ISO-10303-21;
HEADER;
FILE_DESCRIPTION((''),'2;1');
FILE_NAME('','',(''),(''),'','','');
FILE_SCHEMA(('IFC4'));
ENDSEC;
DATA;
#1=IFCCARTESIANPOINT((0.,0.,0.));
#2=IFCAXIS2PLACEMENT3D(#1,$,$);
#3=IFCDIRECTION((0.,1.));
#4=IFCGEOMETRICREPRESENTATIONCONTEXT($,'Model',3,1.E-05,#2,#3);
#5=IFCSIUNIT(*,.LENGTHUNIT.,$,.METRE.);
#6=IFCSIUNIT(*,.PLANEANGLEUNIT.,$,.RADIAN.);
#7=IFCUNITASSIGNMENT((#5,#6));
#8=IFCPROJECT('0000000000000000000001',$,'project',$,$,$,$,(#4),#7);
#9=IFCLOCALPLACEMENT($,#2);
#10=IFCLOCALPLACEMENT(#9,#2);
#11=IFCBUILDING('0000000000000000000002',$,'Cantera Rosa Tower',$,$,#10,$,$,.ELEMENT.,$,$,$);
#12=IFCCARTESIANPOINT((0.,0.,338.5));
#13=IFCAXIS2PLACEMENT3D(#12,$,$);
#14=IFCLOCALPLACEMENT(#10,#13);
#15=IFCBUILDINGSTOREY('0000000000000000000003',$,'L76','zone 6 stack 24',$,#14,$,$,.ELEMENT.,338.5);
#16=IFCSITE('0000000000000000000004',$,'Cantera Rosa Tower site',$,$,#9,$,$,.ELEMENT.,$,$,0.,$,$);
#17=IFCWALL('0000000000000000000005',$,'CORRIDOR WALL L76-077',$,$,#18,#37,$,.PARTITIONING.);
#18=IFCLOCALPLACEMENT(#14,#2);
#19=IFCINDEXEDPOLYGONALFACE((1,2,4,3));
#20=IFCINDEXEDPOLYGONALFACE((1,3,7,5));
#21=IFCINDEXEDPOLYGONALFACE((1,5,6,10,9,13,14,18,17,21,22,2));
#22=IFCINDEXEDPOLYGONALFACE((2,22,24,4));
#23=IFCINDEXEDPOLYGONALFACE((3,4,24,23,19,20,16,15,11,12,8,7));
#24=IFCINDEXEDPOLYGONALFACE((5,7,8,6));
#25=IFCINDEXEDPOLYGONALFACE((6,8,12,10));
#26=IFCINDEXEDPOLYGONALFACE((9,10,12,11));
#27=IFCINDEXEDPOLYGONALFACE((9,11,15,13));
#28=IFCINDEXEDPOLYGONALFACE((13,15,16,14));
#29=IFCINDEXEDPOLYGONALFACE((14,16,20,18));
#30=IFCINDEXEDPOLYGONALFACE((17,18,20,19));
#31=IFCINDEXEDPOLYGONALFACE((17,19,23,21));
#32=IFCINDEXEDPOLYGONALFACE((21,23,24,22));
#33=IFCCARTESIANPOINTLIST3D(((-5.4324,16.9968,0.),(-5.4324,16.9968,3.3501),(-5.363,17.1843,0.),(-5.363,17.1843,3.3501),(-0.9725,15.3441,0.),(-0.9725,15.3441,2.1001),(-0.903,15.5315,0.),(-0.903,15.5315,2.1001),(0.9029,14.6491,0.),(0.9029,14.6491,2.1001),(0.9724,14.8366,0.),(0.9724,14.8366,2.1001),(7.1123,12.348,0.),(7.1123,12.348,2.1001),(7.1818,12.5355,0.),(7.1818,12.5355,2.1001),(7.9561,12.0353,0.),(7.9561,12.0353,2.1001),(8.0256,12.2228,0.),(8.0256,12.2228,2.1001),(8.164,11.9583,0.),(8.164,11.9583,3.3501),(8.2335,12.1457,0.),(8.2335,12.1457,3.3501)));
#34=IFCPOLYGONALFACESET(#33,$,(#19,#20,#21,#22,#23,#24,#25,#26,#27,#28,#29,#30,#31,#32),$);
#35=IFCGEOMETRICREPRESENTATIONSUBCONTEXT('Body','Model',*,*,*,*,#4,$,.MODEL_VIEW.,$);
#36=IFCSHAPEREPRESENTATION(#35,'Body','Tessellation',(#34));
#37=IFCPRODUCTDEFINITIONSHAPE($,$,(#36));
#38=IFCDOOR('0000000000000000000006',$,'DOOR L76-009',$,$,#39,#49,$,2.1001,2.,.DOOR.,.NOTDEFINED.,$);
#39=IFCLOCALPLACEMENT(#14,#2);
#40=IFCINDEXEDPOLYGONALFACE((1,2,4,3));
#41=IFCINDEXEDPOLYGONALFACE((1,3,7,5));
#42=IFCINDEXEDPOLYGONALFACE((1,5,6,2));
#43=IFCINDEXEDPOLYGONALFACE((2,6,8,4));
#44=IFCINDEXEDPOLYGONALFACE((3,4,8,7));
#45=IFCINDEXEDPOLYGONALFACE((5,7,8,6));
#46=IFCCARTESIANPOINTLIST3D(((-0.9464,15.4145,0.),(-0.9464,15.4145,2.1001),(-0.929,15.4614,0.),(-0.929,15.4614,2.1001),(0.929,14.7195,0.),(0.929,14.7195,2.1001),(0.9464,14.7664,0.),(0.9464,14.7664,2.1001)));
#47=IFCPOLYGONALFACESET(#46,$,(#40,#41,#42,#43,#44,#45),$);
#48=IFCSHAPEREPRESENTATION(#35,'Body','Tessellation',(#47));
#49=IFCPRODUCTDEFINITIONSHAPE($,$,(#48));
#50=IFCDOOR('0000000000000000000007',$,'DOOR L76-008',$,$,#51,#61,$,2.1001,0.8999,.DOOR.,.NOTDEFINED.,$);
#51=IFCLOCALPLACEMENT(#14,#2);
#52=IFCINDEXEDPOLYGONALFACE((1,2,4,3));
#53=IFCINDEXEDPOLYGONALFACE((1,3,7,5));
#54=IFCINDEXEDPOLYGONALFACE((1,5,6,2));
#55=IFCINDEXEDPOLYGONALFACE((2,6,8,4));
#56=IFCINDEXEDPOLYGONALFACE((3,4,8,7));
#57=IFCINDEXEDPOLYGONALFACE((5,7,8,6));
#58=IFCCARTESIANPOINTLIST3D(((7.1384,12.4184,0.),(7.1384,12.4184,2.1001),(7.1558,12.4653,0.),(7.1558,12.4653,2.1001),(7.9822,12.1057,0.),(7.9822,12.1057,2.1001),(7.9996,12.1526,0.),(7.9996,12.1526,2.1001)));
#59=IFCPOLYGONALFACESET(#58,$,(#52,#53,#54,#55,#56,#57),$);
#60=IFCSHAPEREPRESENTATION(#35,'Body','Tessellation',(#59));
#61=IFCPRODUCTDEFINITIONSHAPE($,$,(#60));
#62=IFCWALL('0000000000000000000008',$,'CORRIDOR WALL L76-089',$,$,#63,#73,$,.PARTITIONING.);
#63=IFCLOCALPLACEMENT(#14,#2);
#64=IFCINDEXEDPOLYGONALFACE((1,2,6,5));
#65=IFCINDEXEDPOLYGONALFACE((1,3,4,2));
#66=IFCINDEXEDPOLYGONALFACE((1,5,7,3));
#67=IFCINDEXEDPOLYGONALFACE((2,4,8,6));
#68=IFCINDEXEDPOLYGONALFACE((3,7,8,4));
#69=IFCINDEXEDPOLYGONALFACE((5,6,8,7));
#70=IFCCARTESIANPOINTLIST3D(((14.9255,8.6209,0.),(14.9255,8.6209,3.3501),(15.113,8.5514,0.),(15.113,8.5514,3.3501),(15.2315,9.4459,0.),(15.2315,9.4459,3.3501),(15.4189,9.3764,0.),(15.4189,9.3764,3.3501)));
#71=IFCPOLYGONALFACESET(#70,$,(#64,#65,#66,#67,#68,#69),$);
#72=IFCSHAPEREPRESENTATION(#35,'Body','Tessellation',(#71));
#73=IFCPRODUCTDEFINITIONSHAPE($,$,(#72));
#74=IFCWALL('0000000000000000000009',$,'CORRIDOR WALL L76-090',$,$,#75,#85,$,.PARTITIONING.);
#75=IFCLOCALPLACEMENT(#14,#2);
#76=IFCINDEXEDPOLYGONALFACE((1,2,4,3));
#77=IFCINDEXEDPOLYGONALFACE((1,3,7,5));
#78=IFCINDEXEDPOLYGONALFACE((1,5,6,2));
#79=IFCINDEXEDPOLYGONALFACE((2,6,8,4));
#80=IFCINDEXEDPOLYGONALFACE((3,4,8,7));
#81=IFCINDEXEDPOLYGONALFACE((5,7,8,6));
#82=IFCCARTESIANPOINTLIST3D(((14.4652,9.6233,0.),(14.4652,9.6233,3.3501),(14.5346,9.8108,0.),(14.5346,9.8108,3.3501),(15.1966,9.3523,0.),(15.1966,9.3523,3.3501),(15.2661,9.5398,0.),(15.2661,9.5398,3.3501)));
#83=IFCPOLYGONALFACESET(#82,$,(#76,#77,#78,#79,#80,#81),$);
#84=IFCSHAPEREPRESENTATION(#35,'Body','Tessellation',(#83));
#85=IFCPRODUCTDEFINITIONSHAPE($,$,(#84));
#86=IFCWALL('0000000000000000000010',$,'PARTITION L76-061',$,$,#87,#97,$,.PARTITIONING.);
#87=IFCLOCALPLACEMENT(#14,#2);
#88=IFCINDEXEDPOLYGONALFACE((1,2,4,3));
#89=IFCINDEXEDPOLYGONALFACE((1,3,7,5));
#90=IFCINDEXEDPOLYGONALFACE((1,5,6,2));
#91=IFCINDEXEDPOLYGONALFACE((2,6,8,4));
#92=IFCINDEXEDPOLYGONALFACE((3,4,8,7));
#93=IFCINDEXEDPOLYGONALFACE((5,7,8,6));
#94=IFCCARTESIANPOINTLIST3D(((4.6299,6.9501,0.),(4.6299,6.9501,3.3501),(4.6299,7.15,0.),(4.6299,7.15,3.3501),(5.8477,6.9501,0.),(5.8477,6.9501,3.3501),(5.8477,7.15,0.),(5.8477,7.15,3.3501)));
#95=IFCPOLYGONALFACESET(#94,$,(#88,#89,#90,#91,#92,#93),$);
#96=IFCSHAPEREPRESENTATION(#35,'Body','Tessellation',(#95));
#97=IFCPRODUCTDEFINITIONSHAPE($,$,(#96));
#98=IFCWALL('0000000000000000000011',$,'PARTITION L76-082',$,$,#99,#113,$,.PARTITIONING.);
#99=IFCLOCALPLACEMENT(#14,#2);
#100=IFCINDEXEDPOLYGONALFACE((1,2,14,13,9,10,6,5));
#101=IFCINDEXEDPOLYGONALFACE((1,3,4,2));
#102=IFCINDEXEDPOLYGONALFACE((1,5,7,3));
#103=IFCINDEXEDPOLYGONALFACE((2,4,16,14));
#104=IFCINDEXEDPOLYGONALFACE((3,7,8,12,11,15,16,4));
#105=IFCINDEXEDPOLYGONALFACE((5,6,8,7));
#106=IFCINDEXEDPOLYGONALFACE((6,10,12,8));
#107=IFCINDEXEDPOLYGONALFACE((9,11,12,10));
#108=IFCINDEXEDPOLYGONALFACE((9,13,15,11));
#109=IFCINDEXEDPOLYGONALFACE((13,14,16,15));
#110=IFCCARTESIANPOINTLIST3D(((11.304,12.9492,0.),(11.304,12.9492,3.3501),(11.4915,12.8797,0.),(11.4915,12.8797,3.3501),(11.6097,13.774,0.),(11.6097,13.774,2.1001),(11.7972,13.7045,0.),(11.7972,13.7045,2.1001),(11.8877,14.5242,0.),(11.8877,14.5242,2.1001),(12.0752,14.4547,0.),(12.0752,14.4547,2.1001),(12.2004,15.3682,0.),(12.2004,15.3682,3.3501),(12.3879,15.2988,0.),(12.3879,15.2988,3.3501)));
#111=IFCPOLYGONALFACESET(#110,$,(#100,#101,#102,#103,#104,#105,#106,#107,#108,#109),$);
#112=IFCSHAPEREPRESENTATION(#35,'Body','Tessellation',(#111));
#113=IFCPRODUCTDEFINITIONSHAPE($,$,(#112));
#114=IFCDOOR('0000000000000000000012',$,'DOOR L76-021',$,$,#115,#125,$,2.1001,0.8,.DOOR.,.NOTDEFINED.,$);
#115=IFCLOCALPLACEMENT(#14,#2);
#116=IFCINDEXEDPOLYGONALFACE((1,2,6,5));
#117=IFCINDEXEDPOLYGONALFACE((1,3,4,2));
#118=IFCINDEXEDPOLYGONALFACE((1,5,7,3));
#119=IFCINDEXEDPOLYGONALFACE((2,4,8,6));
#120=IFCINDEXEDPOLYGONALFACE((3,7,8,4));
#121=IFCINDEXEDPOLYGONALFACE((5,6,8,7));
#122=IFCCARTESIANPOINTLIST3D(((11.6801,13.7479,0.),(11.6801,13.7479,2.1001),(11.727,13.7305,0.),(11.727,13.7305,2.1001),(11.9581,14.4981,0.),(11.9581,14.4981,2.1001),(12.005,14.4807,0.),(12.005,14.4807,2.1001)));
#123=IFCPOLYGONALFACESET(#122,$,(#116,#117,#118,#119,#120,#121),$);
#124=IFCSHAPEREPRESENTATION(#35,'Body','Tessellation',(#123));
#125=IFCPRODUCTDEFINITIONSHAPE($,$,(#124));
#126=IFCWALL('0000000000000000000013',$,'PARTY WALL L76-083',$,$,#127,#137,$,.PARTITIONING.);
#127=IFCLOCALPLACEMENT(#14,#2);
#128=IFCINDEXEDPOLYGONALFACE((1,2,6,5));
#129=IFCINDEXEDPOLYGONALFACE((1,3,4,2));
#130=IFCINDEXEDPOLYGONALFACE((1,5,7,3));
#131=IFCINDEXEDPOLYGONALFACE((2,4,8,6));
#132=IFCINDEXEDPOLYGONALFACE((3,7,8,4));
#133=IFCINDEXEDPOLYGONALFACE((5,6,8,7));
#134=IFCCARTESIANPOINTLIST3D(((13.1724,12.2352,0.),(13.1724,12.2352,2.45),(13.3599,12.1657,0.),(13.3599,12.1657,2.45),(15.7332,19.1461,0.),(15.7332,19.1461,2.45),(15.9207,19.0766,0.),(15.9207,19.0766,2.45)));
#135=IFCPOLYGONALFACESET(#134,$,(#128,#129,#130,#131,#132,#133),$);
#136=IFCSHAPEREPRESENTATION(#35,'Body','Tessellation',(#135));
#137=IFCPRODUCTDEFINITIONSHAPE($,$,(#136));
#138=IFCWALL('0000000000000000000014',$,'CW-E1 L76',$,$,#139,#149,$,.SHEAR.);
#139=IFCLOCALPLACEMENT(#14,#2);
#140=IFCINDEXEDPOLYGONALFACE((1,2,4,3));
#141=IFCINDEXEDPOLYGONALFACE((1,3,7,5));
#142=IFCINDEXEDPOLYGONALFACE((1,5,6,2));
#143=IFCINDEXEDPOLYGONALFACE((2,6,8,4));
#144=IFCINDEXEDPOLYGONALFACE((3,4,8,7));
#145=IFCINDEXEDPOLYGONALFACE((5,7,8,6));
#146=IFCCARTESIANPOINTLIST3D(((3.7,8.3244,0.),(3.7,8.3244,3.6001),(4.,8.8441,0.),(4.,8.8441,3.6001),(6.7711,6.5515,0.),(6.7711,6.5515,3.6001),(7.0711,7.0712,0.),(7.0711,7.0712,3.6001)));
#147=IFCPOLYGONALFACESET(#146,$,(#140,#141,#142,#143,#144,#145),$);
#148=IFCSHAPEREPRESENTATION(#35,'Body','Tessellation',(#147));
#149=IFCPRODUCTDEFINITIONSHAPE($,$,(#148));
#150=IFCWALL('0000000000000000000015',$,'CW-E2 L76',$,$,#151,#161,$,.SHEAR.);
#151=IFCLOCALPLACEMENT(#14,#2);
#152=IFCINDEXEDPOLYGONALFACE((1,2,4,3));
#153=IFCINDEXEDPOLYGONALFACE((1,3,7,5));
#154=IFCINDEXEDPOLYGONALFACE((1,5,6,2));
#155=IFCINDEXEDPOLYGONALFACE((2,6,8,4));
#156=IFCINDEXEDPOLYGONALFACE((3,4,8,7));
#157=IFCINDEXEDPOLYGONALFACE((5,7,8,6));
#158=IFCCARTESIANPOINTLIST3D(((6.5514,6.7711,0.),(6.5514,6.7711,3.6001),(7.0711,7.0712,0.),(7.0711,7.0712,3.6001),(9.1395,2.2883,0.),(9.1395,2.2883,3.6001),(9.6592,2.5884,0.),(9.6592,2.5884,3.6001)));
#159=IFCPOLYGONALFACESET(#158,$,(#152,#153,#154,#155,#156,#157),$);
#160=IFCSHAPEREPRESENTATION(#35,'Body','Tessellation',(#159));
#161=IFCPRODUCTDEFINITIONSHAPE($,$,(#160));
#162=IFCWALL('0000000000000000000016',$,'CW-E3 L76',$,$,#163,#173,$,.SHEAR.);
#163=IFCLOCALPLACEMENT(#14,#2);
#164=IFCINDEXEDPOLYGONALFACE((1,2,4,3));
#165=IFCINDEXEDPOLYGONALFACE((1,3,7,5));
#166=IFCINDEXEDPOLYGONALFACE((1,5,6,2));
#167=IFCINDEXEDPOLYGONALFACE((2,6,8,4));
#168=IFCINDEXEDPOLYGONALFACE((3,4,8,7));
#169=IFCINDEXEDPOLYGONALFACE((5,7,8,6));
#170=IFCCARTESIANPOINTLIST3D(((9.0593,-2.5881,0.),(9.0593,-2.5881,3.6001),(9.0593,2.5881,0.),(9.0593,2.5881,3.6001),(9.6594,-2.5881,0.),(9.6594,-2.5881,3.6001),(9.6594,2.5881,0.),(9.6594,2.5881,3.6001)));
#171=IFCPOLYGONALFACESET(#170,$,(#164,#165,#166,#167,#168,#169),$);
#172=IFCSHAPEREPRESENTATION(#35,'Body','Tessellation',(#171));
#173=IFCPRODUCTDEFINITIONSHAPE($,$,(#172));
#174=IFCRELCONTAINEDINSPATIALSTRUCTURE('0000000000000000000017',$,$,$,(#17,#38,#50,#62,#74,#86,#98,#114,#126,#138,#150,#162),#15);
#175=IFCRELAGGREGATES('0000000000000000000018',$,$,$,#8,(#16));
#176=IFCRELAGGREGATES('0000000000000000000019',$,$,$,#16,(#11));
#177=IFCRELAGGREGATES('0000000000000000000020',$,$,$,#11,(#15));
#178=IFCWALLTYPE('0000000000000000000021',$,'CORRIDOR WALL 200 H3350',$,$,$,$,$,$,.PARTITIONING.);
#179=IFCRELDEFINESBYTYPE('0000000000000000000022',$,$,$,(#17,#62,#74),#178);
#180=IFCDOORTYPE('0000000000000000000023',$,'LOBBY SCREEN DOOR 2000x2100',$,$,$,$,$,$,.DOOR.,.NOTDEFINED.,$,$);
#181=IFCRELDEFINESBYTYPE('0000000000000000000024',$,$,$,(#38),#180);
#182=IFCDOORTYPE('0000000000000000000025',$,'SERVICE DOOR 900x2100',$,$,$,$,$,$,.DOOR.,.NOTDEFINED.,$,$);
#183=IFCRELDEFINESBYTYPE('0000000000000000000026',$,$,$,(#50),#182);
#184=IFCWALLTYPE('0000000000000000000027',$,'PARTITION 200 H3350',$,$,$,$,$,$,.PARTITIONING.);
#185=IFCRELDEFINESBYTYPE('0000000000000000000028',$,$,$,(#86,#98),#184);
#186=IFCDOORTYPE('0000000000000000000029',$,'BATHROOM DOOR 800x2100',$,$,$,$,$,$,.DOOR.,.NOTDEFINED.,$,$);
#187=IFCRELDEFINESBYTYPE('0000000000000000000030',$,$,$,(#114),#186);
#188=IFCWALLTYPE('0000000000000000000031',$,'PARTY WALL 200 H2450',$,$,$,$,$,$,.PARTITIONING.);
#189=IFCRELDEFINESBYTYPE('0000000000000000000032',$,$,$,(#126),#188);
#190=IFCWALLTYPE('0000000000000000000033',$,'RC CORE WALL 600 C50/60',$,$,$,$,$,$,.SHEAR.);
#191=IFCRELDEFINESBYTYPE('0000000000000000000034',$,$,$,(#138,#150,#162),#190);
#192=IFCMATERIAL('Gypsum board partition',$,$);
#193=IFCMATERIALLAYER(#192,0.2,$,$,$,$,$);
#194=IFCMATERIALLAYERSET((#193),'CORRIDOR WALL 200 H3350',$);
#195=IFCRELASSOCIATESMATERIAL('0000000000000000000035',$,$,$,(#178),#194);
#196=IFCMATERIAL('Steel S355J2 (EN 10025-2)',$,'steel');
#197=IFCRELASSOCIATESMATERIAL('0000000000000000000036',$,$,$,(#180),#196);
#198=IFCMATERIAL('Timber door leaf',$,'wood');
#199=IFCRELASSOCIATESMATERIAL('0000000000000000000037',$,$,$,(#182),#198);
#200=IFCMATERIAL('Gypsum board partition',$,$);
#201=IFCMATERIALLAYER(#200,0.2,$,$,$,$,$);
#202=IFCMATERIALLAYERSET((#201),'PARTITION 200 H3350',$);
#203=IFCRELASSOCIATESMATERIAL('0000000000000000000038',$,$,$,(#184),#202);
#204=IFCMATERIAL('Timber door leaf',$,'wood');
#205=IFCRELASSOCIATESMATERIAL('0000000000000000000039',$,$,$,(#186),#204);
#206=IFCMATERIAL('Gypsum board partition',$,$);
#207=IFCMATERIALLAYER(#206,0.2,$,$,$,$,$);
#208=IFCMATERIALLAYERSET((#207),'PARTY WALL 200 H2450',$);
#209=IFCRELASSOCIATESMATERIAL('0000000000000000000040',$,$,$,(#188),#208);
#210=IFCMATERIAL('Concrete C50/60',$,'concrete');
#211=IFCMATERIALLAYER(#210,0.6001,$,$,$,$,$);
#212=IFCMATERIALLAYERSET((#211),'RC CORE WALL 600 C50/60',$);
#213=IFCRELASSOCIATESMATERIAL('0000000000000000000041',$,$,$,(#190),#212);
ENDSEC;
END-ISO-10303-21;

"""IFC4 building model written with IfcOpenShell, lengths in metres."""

from ifc_helpers import new_model, si_unit, direction, frame, frame_2d, origin, place, context, subcontext, project, spatial, rectangle, extrude, material, layer, layer_set, type_object, element, fill, save


model = new_model("IFC4")

# Units and contexts
model_context = context("Model", 3, precision=1e-05, world=origin(), true_north=direction((0.0, 1.0)))
body_context = subcontext(model_context, "Body", "Model", "MODEL_VIEW")
ifc_project = project(units=[si_unit("LENGTHUNIT", "METRE"), si_unit("PLANEANGLEUNIT", "RADIAN")], contexts=[model_context])

# Site, building, storey
site_placement = place(None, origin())
site = spatial("IfcSite", under=ifc_project, at=site_placement, Name="Cantera Rosa Tower site", CompositionType="ELEMENT", RefElevation=0.0)
building_placement = place(site_placement, origin())
building = spatial("IfcBuilding", under=site, at=building_placement, Name="Cantera Rosa Tower", CompositionType="ELEMENT")
storey_placement = place(building_placement, frame((0.0, 0.0, 338.5)))
storey = spatial("IfcBuildingStorey", under=building, at=storey_placement, Name="L76", Description="zone 6 stack 24", CompositionType="ELEMENT", Elevation=338.5)

# Shared definitions
ifc_material_1 = material(Name="Gypsum board partition")
ifc_layer_1 = layer(ifc_material_1, 0.2)
ifc_layer_set_1 = layer_set([ifc_layer_1], Name="CORRIDOR WALL 200 H3350")
wall_type_1 = type_object("IfcWallType", Name="CORRIDOR WALL 200 H3350", PredefinedType="PARTITIONING", material=ifc_layer_set_1)

# Wall, openings, doors
wall_1_placement = place(storey_placement, frame((8.1987, 12.052, 0.0), z_axis=(0.0, 0.0, 1.0), x_axis=(-0.937685, 0.347488, 0.0)))
wall_1 = element("IfcWall", 1, at=wall_1_placement, inside=storey, type_object=wall_type_1, Name="CORRIDOR WALL L76-077", PredefinedType="PARTITIONING", context=body_context, shape_type="SweptSolid", body=[
    extrude(rectangle(XDim=14.5, YDim=0.2, at=frame_2d((7.25, 0.0))), origin(), (0.0, 0.0, 1.0), 3.3501),
])
opening_1_placement = place(wall_1_placement, frame((0.2217, 0.0, 0.0)))
opening_1 = element("IfcOpeningElement", 2, at=opening_1_placement, cuts=wall_1, PredefinedType="OPENING", context=body_context, shape_type="SweptSolid", body=[
    extrude(rectangle(XDim=0.8999, YDim=2.1001, at=frame_2d((0.45, 1.05))), frame((0.0, 0.1099, 0.0), z_axis=(0.0, -1.0, 0.0), x_axis=(1.0, 0.0, 0.0)), (0.0, 0.0, 1.0), 0.22),
])
opening_2_placement = place(wall_1_placement, frame((7.7437, 0.0, 0.0)))
opening_2 = element("IfcOpeningElement", 3, at=opening_2_placement, cuts=wall_1, PredefinedType="OPENING", context=body_context, shape_type="SweptSolid", body=[
    extrude(rectangle(XDim=2.0, YDim=2.1001, at=frame_2d((1.0, 1.05))), frame((0.0, 0.1099, 0.0), z_axis=(0.0, -1.0, 0.0), x_axis=(1.0, 0.0, 0.0)), (0.0, 0.0, 1.0), 0.22),
])
ifc_material_2 = material(Name="Steel S355J2 (EN 10025-2)", Category="steel")
door_type_1 = type_object("IfcDoorType", Name="LOBBY SCREEN DOOR 2000x2100", OperationType="NOTDEFINED", PredefinedType="DOOR", material=ifc_material_2)
door_1_placement = place(opening_2_placement, origin())
door_1 = element("IfcDoor", 4, at=door_1_placement, inside=storey, type_object=door_type_1, Name="DOOR L76-009", OperationType="NOTDEFINED", OverallHeight=2.1001, OverallWidth=2.0, PredefinedType="DOOR", context=body_context, shape_type="SweptSolid", body=[
    extrude(rectangle(XDim=2.0, YDim=2.1001, at=frame_2d((1.0, 1.05))), frame((0.0, 0.0249, 0.0), z_axis=(0.0, -1.0, 0.0), x_axis=(1.0, 0.0, 0.0)), (0.0, 0.0, 1.0), 0.05),
])
fill(opening_2, door_1)
ifc_material_3 = material(Name="Timber door leaf", Category="wood")
door_type_2 = type_object("IfcDoorType", Name="SERVICE DOOR 900x2100", OperationType="NOTDEFINED", PredefinedType="DOOR", material=ifc_material_3)
door_2_placement = place(opening_1_placement, origin())
door_2 = element("IfcDoor", 5, at=door_2_placement, inside=storey, type_object=door_type_2, Name="DOOR L76-008", OperationType="NOTDEFINED", OverallHeight=2.1001, OverallWidth=0.8999, PredefinedType="DOOR", context=body_context, shape_type="SweptSolid", body=[
    extrude(rectangle(XDim=0.8999, YDim=2.1001, at=frame_2d((0.45, 1.05))), frame((0.0, 0.0249, 0.0), z_axis=(0.0, -1.0, 0.0), x_axis=(1.0, 0.0, 0.0)), (0.0, 0.0, 1.0), 0.05),
])
fill(opening_1, door_2)

# Walls
wall_2_placement = place(storey_placement, frame((15.0193, 8.5862, 0.0), z_axis=(0.0, 0.0, 1.0), x_axis=(0.347685, 0.937611, 0.0)))
element("IfcWall", 6, at=wall_2_placement, inside=storey, type_object=wall_type_1, Name="CORRIDOR WALL L76-089", PredefinedType="PARTITIONING", context=body_context, shape_type="SweptSolid", body=[
    extrude(rectangle(XDim=0.8799, YDim=0.2, at=frame_2d((0.4399, 0.0))), origin(), (0.0, 0.0, 1.0), 3.3501),
])
wall_3_placement = place(storey_placement, frame((15.2314, 9.446, 0.0), z_axis=(0.0, 0.0, 1.0), x_axis=(-0.937711, 0.347416, 0.0)))
element("IfcWall", 7, at=wall_3_placement, inside=storey, type_object=wall_type_1, Name="CORRIDOR WALL L76-090", PredefinedType="PARTITIONING", context=body_context, shape_type="SweptSolid", body=[
    extrude(rectangle(XDim=0.78, YDim=0.2, at=frame_2d((0.3901, 0.0))), origin(), (0.0, 0.0, 1.0), 3.3501),
])
ifc_material_4 = material(Name="Gypsum board partition")
ifc_layer_2 = layer(ifc_material_4, 0.2)
ifc_layer_set_2 = layer_set([ifc_layer_2], Name="PARTITION 200 H3350")
wall_type_2 = type_object("IfcWallType", Name="PARTITION 200 H3350", PredefinedType="PARTITIONING", material=ifc_layer_set_2)
wall_4_placement = place(storey_placement, frame((4.6299, 7.05, 0.0), z_axis=(0.0, 0.0, 1.0), x_axis=(1.0, 0.0, 0.0)))
element("IfcWall", 8, at=wall_4_placement, inside=storey, type_object=wall_type_2, Name="PARTITION L76-061", PredefinedType="PARTITIONING", context=body_context, shape_type="SweptSolid", body=[
    extrude(rectangle(XDim=1.2178, YDim=0.2, at=frame_2d((0.6089, 0.0))), origin(), (0.0, 0.0, 1.0), 3.3501),
])

# Wall, opening, door
wall_5_placement = place(storey_placement, frame((11.3977, 12.9143, 0.0), z_axis=(0.0, 0.0, 1.0), x_axis=(0.347481, 0.937687, 0.0)))
wall_5 = element("IfcWall", 9, at=wall_5_placement, inside=storey, type_object=wall_type_2, Name="PARTITION L76-082", PredefinedType="PARTITIONING", context=body_context, shape_type="SweptSolid", body=[
    extrude(rectangle(XDim=2.5798, YDim=0.2, at=frame_2d((1.29, 0.0))), origin(), (0.0, 0.0, 1.0), 3.3501),
])
opening_3_placement = place(wall_5_placement, frame((0.8799, 0.0, 0.0)))
opening_3 = element("IfcOpeningElement", 10, at=opening_3_placement, cuts=wall_5, PredefinedType="OPENING", context=body_context, shape_type="SweptSolid", body=[
    extrude(rectangle(XDim=0.8, YDim=2.1001, at=frame_2d((0.3999, 1.05))), frame((0.0, 0.1099, 0.0), z_axis=(0.0, -1.0, 0.0), x_axis=(1.0, 0.0, 0.0)), (0.0, 0.0, 1.0), 0.22),
])
ifc_material_5 = material(Name="Timber door leaf", Category="wood")
door_type_3 = type_object("IfcDoorType", Name="BATHROOM DOOR 800x2100", OperationType="NOTDEFINED", PredefinedType="DOOR", material=ifc_material_5)
door_3_placement = place(opening_3_placement, origin())
door_3 = element("IfcDoor", 11, at=door_3_placement, inside=storey, type_object=door_type_3, Name="DOOR L76-021", OperationType="NOTDEFINED", OverallHeight=2.1001, OverallWidth=0.8, PredefinedType="DOOR", context=body_context, shape_type="SweptSolid", body=[
    extrude(rectangle(XDim=0.8, YDim=2.1001, at=frame_2d((0.3999, 1.05))), frame((0.0, 0.0249, 0.0), z_axis=(0.0, -1.0, 0.0), x_axis=(1.0, 0.0, 0.0)), (0.0, 0.0, 1.0), 0.05),
])
fill(opening_3, door_3)

# Walls
ifc_material_6 = material(Name="Gypsum board partition")
ifc_layer_3 = layer(ifc_material_6, 0.2)
ifc_layer_set_3 = layer_set([ifc_layer_3], Name="PARTY WALL 200 H2450")
wall_type_3 = type_object("IfcWallType", Name="PARTY WALL 200 H2450", PredefinedType="PARTITIONING", material=ifc_layer_set_3)
wall_6_placement = place(storey_placement, frame((13.2661, 12.2004, 0.0), z_axis=(0.0, 0.0, 1.0), x_axis=(0.347458, 0.937696, 0.0)))
element("IfcWall", 12, at=wall_6_placement, inside=storey, type_object=wall_type_3, Name="PARTY WALL L76-083", PredefinedType="PARTITIONING", context=body_context, shape_type="SweptSolid", body=[
    extrude(rectangle(XDim=7.3701, YDim=0.2, at=frame_2d((3.6851, 0.0))), origin(), (0.0, 0.0, 1.0), 2.45),
])
ifc_material_7 = material(Name="Concrete C50/60", Category="concrete")
ifc_layer_4 = layer(ifc_material_7, 0.6001)
ifc_layer_set_4 = layer_set([ifc_layer_4], Name="RC CORE WALL 600 C50/60")
wall_type_4 = type_object("IfcWallType", Name="RC CORE WALL 600 C50/60", PredefinedType="SHEAR", material=ifc_layer_set_4)
wall_7_placement = place(storey_placement, frame((3.8501, 8.5842, 0.0), z_axis=(0.0, 0.0, 1.0), x_axis=(0.86604, -0.499975, 0.0)))
element("IfcWall", 13, at=wall_7_placement, inside=storey, type_object=wall_type_4, Name="CW-E1 L76", PredefinedType="SHEAR", context=body_context, shape_type="SweptSolid", body=[
    extrude(rectangle(XDim=3.5461, YDim=0.6001, at=frame_2d((1.7729, 0.0))), origin(), (0.0, 0.0, 1.0), 3.6001),
])
for number, where, z_axis, x_axis, name in (
    (14, (6.8113, 6.9211, 0.0), (0.0, 0.0, 1.0), (0.499989, -0.866032, 0.0), "CW-E2 L76"),
    (15, (9.3594, 2.5881, 0.0), (0.0, 0.0, 1.0), (0.0, -1.0, 0.0), "CW-E3 L76"),
):
    element("IfcWall", number, at=place(storey_placement, frame(where, z_axis=z_axis, x_axis=x_axis)), inside=storey, type_object=wall_type_4, Name=name, PredefinedType="SHEAR", context=body_context, shape_type="SweptSolid", body=[
        extrude(rectangle(XDim=5.1763, YDim=0.6001, at=frame_2d((2.5881, 0.0))), origin(), (0.0, 0.0, 1.0), 3.6001),
    ])

save(model, "model.ifc")
